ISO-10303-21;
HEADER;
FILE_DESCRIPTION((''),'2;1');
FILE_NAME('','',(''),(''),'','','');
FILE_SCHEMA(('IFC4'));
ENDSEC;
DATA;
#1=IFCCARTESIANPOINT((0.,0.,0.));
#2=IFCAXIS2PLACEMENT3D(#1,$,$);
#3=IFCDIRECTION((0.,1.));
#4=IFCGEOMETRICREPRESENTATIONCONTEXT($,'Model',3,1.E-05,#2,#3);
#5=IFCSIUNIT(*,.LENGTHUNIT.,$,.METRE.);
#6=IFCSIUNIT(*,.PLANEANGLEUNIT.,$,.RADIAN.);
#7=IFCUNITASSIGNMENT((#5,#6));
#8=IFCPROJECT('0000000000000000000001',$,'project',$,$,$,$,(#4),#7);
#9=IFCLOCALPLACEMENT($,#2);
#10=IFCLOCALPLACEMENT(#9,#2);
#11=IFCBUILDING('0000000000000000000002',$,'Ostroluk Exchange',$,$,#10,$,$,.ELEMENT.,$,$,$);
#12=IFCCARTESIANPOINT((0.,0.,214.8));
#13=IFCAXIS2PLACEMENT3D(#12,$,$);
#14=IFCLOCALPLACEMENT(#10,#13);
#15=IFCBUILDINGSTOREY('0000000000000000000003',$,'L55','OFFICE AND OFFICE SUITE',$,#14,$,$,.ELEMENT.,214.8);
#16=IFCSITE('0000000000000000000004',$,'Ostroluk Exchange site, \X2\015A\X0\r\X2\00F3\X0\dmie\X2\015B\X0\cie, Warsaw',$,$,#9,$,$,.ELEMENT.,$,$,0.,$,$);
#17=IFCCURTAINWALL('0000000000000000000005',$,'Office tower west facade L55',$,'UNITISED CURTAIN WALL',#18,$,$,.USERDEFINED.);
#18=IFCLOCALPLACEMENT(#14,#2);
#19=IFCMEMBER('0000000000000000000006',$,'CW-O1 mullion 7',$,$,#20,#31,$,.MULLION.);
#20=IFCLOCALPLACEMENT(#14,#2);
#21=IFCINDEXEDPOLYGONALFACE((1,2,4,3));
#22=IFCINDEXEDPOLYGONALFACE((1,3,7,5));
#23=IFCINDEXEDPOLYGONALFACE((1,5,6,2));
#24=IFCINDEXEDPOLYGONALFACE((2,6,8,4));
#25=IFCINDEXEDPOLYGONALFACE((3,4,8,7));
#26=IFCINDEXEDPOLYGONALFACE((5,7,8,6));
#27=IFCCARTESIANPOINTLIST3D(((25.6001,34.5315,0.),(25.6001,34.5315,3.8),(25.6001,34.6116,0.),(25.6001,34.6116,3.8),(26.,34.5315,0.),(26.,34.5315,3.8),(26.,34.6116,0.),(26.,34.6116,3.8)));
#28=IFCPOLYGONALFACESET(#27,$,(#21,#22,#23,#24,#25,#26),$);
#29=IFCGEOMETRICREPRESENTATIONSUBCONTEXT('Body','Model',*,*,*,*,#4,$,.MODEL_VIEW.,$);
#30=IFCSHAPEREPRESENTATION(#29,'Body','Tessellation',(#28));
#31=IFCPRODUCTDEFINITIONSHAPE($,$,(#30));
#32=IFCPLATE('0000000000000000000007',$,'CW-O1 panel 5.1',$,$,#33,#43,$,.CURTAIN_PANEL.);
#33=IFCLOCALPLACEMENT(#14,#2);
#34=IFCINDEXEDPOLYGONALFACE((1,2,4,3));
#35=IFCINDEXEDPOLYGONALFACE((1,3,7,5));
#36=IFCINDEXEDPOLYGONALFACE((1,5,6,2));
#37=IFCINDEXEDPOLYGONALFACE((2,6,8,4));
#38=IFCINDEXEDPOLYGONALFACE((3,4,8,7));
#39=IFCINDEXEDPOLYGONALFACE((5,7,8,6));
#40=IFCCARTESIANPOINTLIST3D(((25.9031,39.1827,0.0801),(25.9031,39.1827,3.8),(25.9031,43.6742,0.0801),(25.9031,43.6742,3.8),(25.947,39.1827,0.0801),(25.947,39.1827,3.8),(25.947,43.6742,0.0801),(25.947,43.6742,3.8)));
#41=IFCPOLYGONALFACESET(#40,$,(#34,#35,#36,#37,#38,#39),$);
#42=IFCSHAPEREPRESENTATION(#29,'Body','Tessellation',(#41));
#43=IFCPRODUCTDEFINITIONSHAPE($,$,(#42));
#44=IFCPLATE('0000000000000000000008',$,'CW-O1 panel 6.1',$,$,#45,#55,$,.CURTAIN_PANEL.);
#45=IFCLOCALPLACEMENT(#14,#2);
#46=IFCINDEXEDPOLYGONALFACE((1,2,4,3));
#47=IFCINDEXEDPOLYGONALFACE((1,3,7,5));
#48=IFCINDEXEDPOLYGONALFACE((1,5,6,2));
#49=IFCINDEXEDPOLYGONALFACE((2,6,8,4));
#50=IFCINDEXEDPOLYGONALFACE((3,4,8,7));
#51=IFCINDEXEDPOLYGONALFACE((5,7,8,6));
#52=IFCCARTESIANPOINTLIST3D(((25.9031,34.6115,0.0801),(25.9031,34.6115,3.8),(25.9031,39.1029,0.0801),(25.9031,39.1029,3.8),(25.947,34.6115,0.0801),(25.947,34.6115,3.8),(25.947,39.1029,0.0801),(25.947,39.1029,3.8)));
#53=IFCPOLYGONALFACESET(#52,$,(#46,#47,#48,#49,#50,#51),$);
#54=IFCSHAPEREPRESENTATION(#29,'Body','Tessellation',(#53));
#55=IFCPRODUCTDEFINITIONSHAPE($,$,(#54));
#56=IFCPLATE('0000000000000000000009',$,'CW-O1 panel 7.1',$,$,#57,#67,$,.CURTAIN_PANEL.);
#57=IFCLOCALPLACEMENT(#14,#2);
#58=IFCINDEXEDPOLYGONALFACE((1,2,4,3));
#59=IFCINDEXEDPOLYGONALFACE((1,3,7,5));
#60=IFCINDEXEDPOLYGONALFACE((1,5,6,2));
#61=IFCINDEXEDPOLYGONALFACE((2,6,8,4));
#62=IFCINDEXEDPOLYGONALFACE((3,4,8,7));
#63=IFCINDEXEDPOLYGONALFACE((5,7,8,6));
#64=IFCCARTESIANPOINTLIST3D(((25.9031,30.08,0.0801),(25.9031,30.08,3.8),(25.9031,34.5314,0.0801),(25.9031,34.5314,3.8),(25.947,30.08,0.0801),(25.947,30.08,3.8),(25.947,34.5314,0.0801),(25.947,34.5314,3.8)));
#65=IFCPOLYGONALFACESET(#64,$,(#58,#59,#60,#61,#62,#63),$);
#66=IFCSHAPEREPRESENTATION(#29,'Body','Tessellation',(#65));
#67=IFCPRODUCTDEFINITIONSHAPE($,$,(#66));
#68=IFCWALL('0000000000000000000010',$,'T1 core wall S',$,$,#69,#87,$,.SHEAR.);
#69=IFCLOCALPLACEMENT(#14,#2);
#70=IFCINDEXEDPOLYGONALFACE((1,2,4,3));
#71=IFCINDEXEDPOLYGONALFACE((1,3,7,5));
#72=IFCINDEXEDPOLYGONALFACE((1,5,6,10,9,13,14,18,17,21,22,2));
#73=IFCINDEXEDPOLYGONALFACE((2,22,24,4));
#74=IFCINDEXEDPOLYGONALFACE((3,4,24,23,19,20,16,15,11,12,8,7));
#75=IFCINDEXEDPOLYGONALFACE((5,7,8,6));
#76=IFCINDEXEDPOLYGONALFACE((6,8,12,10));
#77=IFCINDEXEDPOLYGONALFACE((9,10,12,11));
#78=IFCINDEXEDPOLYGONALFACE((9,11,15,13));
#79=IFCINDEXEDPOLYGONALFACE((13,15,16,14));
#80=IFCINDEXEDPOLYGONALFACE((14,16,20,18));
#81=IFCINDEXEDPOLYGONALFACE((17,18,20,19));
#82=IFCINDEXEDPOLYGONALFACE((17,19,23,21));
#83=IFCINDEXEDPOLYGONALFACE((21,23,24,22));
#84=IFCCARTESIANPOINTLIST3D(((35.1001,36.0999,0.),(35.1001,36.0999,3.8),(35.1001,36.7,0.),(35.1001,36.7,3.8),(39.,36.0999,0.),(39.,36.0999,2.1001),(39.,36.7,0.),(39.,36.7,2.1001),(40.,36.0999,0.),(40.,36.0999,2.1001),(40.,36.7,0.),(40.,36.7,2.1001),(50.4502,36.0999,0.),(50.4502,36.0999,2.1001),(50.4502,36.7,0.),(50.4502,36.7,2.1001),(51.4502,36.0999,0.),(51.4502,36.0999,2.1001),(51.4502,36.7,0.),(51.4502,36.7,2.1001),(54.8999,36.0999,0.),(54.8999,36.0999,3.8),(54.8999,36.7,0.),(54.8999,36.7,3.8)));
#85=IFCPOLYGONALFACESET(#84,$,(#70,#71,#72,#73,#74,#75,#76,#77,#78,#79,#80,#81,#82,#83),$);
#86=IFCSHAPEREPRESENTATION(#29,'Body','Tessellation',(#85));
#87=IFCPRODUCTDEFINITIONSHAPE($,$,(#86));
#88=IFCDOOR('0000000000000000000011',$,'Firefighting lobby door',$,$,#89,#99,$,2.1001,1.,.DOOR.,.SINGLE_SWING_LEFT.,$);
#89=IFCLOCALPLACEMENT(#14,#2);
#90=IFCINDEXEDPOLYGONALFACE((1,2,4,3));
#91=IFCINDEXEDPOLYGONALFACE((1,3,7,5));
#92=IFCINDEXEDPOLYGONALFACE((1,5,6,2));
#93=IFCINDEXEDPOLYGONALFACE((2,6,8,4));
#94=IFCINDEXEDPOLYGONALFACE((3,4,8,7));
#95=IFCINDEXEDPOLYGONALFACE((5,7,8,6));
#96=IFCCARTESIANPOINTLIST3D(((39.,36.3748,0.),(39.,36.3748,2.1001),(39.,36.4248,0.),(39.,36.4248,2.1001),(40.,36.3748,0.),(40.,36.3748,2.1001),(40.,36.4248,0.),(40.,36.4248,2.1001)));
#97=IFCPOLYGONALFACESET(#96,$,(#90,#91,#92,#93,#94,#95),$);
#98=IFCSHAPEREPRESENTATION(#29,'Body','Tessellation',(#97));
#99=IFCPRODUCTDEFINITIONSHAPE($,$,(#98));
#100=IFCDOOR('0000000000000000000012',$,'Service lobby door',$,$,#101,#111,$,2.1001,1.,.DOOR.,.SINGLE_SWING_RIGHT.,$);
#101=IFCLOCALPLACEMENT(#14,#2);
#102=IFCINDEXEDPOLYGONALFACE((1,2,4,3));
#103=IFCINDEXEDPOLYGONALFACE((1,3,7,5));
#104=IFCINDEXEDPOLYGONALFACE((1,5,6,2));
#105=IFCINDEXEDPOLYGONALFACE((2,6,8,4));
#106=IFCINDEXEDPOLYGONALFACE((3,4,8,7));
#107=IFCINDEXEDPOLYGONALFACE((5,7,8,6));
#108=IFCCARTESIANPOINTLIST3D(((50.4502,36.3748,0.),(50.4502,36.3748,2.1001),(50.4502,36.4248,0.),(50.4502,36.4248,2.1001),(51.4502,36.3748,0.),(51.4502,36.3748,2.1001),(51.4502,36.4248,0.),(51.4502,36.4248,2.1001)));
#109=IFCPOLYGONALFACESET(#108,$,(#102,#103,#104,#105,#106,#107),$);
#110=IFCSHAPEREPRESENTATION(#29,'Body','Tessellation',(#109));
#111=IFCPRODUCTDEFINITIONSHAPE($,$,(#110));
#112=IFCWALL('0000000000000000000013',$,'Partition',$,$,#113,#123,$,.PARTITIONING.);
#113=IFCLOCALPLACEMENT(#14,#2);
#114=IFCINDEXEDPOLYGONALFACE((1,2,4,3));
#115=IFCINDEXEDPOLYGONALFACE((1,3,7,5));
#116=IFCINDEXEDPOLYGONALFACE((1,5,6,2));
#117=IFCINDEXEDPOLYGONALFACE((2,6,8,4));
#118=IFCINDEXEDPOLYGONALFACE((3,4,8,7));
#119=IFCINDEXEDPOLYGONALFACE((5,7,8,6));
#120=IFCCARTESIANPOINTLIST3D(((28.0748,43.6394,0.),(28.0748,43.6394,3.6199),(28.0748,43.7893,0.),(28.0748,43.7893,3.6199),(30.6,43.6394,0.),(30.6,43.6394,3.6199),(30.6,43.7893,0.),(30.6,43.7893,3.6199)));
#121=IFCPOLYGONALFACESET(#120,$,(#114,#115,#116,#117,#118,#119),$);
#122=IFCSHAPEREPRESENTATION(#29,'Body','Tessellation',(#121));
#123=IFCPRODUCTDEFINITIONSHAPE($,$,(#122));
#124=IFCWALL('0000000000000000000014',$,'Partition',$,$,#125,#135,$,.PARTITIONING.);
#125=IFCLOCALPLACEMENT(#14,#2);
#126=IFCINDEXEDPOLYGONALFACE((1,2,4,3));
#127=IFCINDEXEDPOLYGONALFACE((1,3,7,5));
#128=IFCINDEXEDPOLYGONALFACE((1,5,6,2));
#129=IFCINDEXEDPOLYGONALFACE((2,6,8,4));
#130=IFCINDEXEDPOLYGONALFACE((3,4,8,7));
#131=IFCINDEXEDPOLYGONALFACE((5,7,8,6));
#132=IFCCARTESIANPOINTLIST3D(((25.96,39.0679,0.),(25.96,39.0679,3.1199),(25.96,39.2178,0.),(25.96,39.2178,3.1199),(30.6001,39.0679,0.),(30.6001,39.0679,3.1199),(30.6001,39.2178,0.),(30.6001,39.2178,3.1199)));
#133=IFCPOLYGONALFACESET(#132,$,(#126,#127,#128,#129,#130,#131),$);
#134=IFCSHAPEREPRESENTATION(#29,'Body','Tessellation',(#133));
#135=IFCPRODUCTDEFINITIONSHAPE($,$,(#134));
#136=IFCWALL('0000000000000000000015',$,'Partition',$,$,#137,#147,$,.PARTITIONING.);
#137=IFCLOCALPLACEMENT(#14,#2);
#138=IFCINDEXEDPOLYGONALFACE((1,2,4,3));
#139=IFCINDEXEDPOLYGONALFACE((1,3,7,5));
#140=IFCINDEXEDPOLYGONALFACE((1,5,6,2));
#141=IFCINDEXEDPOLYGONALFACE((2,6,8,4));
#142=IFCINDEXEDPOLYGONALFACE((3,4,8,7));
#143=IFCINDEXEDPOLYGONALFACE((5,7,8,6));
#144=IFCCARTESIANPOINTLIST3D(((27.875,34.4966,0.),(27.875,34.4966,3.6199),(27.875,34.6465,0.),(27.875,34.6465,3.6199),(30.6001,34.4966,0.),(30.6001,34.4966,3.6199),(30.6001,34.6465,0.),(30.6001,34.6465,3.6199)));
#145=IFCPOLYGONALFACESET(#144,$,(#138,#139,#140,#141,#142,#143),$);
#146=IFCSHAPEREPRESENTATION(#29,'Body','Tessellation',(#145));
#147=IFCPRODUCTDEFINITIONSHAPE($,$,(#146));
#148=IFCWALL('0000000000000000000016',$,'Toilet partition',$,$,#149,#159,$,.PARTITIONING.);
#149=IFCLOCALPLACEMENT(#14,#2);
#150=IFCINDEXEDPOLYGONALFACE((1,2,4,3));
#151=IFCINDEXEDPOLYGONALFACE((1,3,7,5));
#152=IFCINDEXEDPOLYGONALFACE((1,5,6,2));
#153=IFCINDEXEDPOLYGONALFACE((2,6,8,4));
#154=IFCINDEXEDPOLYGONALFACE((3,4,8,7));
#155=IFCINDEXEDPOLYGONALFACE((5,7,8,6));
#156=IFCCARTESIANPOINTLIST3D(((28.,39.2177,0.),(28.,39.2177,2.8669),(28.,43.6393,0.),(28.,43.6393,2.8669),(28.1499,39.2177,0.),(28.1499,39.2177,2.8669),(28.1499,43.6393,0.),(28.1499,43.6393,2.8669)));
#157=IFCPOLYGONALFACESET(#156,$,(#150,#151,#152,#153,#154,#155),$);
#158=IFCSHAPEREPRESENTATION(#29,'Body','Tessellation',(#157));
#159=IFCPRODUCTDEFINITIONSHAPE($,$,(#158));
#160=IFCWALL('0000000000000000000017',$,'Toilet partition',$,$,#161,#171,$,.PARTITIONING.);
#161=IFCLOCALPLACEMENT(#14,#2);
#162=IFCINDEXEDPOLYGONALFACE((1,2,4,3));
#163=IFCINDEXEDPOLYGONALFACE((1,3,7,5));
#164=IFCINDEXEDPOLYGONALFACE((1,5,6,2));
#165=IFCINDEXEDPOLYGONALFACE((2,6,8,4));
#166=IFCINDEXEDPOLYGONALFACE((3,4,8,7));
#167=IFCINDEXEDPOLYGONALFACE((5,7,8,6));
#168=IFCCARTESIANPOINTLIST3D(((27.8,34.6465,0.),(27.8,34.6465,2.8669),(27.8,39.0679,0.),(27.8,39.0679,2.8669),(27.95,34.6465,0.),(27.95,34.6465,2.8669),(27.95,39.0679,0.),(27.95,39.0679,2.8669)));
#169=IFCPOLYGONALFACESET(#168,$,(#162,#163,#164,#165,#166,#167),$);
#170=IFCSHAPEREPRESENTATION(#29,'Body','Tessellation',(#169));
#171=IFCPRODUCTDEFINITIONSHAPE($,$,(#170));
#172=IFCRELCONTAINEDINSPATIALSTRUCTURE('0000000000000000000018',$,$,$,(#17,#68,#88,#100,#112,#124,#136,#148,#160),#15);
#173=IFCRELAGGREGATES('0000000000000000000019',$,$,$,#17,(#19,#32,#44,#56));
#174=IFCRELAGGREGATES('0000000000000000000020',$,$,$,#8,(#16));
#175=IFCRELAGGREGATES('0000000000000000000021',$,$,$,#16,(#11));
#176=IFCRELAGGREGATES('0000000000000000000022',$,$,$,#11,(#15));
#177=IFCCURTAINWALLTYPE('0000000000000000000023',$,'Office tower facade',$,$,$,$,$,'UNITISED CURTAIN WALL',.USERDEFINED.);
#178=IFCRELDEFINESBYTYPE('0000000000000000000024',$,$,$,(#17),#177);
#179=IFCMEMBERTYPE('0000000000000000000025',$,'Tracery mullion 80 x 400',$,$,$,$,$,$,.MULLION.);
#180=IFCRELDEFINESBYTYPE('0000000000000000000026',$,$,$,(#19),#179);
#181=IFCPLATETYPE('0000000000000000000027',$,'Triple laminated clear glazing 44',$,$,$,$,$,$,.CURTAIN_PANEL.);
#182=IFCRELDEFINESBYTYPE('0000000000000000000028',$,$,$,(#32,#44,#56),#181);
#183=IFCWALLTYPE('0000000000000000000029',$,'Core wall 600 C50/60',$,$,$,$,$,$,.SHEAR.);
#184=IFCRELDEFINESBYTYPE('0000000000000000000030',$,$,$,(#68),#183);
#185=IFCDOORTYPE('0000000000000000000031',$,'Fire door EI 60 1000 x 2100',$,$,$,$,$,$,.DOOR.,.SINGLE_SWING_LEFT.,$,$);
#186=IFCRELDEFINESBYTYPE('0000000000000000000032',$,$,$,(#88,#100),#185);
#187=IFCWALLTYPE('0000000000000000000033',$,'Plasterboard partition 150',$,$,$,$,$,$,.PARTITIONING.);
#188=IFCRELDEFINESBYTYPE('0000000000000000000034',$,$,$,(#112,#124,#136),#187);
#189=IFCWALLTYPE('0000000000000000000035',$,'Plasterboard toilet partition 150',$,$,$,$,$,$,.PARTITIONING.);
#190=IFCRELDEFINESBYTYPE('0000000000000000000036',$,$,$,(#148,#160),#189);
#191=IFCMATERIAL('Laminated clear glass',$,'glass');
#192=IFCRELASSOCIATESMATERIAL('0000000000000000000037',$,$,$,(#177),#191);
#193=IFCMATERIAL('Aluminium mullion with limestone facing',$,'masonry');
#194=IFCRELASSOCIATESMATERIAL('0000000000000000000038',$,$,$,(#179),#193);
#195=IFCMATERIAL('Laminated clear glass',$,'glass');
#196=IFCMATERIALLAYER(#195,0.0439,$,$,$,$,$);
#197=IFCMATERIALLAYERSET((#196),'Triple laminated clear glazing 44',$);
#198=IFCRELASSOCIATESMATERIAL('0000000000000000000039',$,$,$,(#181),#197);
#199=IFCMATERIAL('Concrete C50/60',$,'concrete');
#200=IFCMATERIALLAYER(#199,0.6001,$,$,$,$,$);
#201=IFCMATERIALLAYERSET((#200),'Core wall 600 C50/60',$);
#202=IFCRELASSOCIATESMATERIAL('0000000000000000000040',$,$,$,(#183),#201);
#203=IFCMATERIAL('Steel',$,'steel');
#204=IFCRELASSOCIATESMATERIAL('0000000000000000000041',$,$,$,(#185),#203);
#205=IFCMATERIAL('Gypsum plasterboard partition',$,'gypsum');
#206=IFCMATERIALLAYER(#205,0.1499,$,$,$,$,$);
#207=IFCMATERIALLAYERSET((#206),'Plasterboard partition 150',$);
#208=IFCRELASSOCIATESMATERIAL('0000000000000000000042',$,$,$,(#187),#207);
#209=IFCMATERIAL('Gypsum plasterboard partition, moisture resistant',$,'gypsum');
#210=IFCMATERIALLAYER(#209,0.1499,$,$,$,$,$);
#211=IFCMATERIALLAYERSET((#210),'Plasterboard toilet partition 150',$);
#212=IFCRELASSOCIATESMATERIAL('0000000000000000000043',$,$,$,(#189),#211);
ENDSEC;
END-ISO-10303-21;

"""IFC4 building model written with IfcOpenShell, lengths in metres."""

from ifc_helpers import new_model, si_unit, direction, frame, frame_2d, origin, origin_2d, place, context, subcontext, project, spatial, rectangle, extrude, material, layer, layer_set, material_profile, profile_set, type_object, element, fill, aggregate, save


model = new_model("IFC4")

# Units and contexts
model_context = context("Model", 3, precision=1e-05, world=origin(), true_north=direction((0.0, 1.0)))
body_context = subcontext(model_context, "Body", "Model", "MODEL_VIEW")
ifc_project = project(units=[si_unit("LENGTHUNIT", "METRE"), si_unit("PLANEANGLEUNIT", "RADIAN")], contexts=[model_context])

# Site, building, storey
site_placement = place(None, origin())
site = spatial("IfcSite", under=ifc_project, at=site_placement, Name="Ostroluk Exchange site, Śródmieście, Warsaw", CompositionType="ELEMENT", RefElevation=0.0)
building_placement = place(site_placement, origin())
building = spatial("IfcBuilding", under=site, at=building_placement, Name="Ostroluk Exchange", CompositionType="ELEMENT")
storey_placement = place(building_placement, frame((0.0, 0.0, 214.8)))
storey = spatial("IfcBuildingStorey", under=building, at=storey_placement, Name="L55", Description="OFFICE AND OFFICE SUITE", CompositionType="ELEMENT", Elevation=214.8)

# Curtain wall, member, plates
ifc_material_1 = material(Name="Laminated clear glass", Category="glass")
curtain_wall_type = type_object("IfcCurtainWallType", Name="Office tower facade", ElementType="UNITISED CURTAIN WALL", PredefinedType="USERDEFINED", material=ifc_material_1)
curtain_wall_placement = place(storey_placement, origin())
curtain_wall = element("IfcCurtainWall", 1, at=curtain_wall_placement, inside=storey, type_object=curtain_wall_type, Name="Office tower west facade L55", ObjectType="UNITISED CURTAIN WALL", PredefinedType="USERDEFINED")
ifc_material_2 = material(Name="Aluminium mullion with limestone facing", Category="masonry")
ifc_material_profile_1 = material_profile(ifc_material_2, rectangle(XDim=0.3999, YDim=0.0801, at=origin_2d()), Name="Tracery mullion 80 x 400")
ifc_profile_set_1 = profile_set([ifc_material_profile_1], Name="Aluminium mullion with limestone facing")
member_type_1 = type_object("IfcMemberType", Name="Tracery mullion 80 x 400", PredefinedType="MULLION", material=ifc_profile_set_1)
member_1_placement = place(storey_placement, frame((25.8, 34.5715, 0.0), z_axis=(0.0, 0.0, 1.0), x_axis=(1.0, 0.0, 0.0)))
member_1 = element("IfcMember", 2, at=member_1_placement, type_object=member_type_1, Name="CW-O1 mullion 7", PredefinedType="MULLION", context=body_context, shape_type="SweptSolid", body=[
    extrude(rectangle(XDim=0.3999, YDim=0.0801, at=origin_2d()), origin(), (0.0, 0.0, 1.0), 3.8),
])
ifc_material_3 = material(Name="Laminated clear glass", Category="glass")
ifc_layer_1 = layer(ifc_material_3, 0.0439)
ifc_layer_set_1 = layer_set([ifc_layer_1], Name="Triple laminated clear glazing 44")
plate_type = type_object("IfcPlateType", Name="Triple laminated clear glazing 44", PredefinedType="CURTAIN_PANEL", material=ifc_layer_set_1)
plate_1_placement = place(storey_placement, frame((25.925, 41.4285, 0.0801), z_axis=(0.0, 0.0, 1.0), x_axis=(0.0, -1.0, 0.0)))
plate_1 = element("IfcPlate", 3, at=plate_1_placement, type_object=plate_type, Name="CW-O1 panel 5.1", PredefinedType="CURTAIN_PANEL", context=body_context, shape_type="SweptSolid", body=[
    extrude(rectangle(XDim=4.4915, YDim=0.0439, at=origin_2d()), origin(), (0.0, 0.0, 1.0), 3.72),
])
plate_2_placement = place(storey_placement, frame((25.925, 36.8572, 0.0801), z_axis=(0.0, 0.0, 1.0), x_axis=(0.0, -1.0, 0.0)))
plate_2 = element("IfcPlate", 4, at=plate_2_placement, type_object=plate_type, Name="CW-O1 panel 6.1", PredefinedType="CURTAIN_PANEL", context=body_context, shape_type="SweptSolid", body=[
    extrude(rectangle(XDim=4.4915, YDim=0.0439, at=origin_2d()), origin(), (0.0, 0.0, 1.0), 3.72),
])
plate_3_placement = place(storey_placement, frame((25.925, 32.3057, 0.0801), z_axis=(0.0, 0.0, 1.0), x_axis=(0.0, -1.0, 0.0)))
plate_3 = element("IfcPlate", 5, at=plate_3_placement, type_object=plate_type, Name="CW-O1 panel 7.1", PredefinedType="CURTAIN_PANEL", context=body_context, shape_type="SweptSolid", body=[
    extrude(rectangle(XDim=4.4514, YDim=0.0439, at=origin_2d()), origin(), (0.0, 0.0, 1.0), 3.72),
])
aggregate(curtain_wall, [member_1, plate_1, plate_2, plate_3])

# Wall, openings, doors
ifc_material_4 = material(Name="Concrete C50/60", Category="concrete")
ifc_layer_2 = layer(ifc_material_4, 0.6001)
ifc_layer_set_2 = layer_set([ifc_layer_2], Name="Core wall 600 C50/60")
wall_type_1 = type_object("IfcWallType", Name="Core wall 600 C50/60", PredefinedType="SHEAR", material=ifc_layer_set_2)
wall_1_placement = place(storey_placement, frame((35.1001, 36.3999, 0.0), z_axis=(0.0, 0.0, 1.0), x_axis=(1.0, 0.0, 0.0)))
wall_1 = element("IfcWall", 6, at=wall_1_placement, inside=storey, type_object=wall_type_1, Name="T1 core wall S", PredefinedType="SHEAR", context=body_context, shape_type="SweptSolid", body=[
    extrude(rectangle(XDim=19.7998, YDim=0.6001, at=frame_2d((9.8999, 0.0))), origin(), (0.0, 0.0, 1.0), 3.8),
])
opening_1_placement = place(wall_1_placement, frame((3.8999, 0.0, 0.0)))
opening_1 = element("IfcOpeningElement", 7, at=opening_1_placement, cuts=wall_1, PredefinedType="OPENING", context=body_context, shape_type="SweptSolid", body=[
    extrude(rectangle(XDim=1.0, YDim=2.1001, at=frame_2d((0.5, 1.05))), frame((0.0, 0.3101, 0.0), z_axis=(0.0, -1.0, 0.0), x_axis=(1.0, 0.0, 0.0)), (0.0, 0.0, 1.0), 0.6201),
])
opening_2_placement = place(wall_1_placement, frame((15.3501, 0.0, 0.0)))
opening_2 = element("IfcOpeningElement", 8, at=opening_2_placement, cuts=wall_1, PredefinedType="OPENING", context=body_context, shape_type="SweptSolid", body=[
    extrude(rectangle(XDim=1.0, YDim=2.1001, at=frame_2d((0.5, 1.05))), frame((0.0, 0.3101, 0.0), z_axis=(0.0, -1.0, 0.0), x_axis=(1.0, 0.0, 0.0)), (0.0, 0.0, 1.0), 0.6201),
])
ifc_material_5 = material(Name="Steel", Category="steel")
door_type = type_object("IfcDoorType", Name="Fire door EI 60 1000 x 2100", OperationType="SINGLE_SWING_LEFT", PredefinedType="DOOR", material=ifc_material_5)
door_1_placement = place(opening_1_placement, origin())
door_1 = element("IfcDoor", 9, at=door_1_placement, inside=storey, type_object=door_type, Name="Firefighting lobby door", OperationType="SINGLE_SWING_LEFT", OverallHeight=2.1001, OverallWidth=1.0, PredefinedType="DOOR", context=body_context, shape_type="SweptSolid", body=[
    extrude(rectangle(XDim=1.0, YDim=2.1001, at=frame_2d((0.5, 1.05))), frame((0.0, 0.0249, 0.0), z_axis=(0.0, -1.0, 0.0), x_axis=(1.0, 0.0, 0.0)), (0.0, 0.0, 1.0), 0.05),
])
fill(opening_1, door_1)
door_2_placement = place(opening_2_placement, origin())
door_2 = element("IfcDoor", 10, at=door_2_placement, inside=storey, type_object=door_type, Name="Service lobby door", OperationType="SINGLE_SWING_RIGHT", OverallHeight=2.1001, OverallWidth=1.0, PredefinedType="DOOR", context=body_context, shape_type="SweptSolid", body=[
    extrude(rectangle(XDim=1.0, YDim=2.1001, at=frame_2d((0.5, 1.05))), frame((0.0, 0.0249, 0.0), z_axis=(0.0, -1.0, 0.0), x_axis=(1.0, 0.0, 0.0)), (0.0, 0.0, 1.0), 0.05),
])
fill(opening_2, door_2)

# Walls
ifc_material_6 = material(Name="Gypsum plasterboard partition", Category="gypsum")
ifc_layer_3 = layer(ifc_material_6, 0.1499)
ifc_layer_set_3 = layer_set([ifc_layer_3], Name="Plasterboard partition 150")
wall_type_2 = type_object("IfcWallType", Name="Plasterboard partition 150", PredefinedType="PARTITIONING", material=ifc_layer_set_3)
wall_2_placement = place(storey_placement, frame((30.6001, 43.7144, 0.0), z_axis=(0.0, 0.0, 1.0), x_axis=(-1.0, 0.0, 0.0)))
element("IfcWall", 11, at=wall_2_placement, inside=storey, type_object=wall_type_2, Name="Partition", PredefinedType="PARTITIONING", context=body_context, shape_type="SweptSolid", body=[
    extrude(rectangle(XDim=2.5251, YDim=0.1499, at=frame_2d((1.2627, 0.0))), origin(), (0.0, 0.0, 1.0), 3.6199),
])
wall_3_placement = place(storey_placement, frame((30.6001, 39.1428, 0.0), z_axis=(0.0, 0.0, 1.0), x_axis=(-1.0, 0.0, 0.0)))
element("IfcWall", 12, at=wall_3_placement, inside=storey, type_object=wall_type_2, Name="Partition", PredefinedType="PARTITIONING", context=body_context, shape_type="SweptSolid", body=[
    extrude(rectangle(XDim=4.6401, YDim=0.1499, at=frame_2d((2.3201, 0.0))), origin(), (0.0, 0.0, 1.0), 3.1199),
])
wall_4_placement = place(storey_placement, frame((30.6001, 34.5715, 0.0), z_axis=(0.0, 0.0, 1.0), x_axis=(-1.0, 0.0, 0.0)))
element("IfcWall", 13, at=wall_4_placement, inside=storey, type_object=wall_type_2, Name="Partition", PredefinedType="PARTITIONING", context=body_context, shape_type="SweptSolid", body=[
    extrude(rectangle(XDim=2.7251, YDim=0.1499, at=frame_2d((1.3625, 0.0))), origin(), (0.0, 0.0, 1.0), 3.6199),
])
ifc_material_7 = material(Name="Gypsum plasterboard partition, moisture resistant", Category="gypsum")
ifc_layer_4 = layer(ifc_material_7, 0.1499)
ifc_layer_set_4 = layer_set([ifc_layer_4], Name="Plasterboard toilet partition 150")
wall_type_3 = type_object("IfcWallType", Name="Plasterboard toilet partition 150", PredefinedType="PARTITIONING", material=ifc_layer_set_4)
wall_5_placement = place(storey_placement, frame((28.075, 43.6394, 0.0), z_axis=(0.0, 0.0, 1.0), x_axis=(0.0, -1.0, 0.0)))
element("IfcWall", 14, at=wall_5_placement, inside=storey, type_object=wall_type_3, Name="Toilet partition", PredefinedType="PARTITIONING", context=body_context, shape_type="SweptSolid", body=[
    extrude(rectangle(XDim=4.4216, YDim=0.1499, at=frame_2d((2.2109, 0.0))), origin(), (0.0, 0.0, 1.0), 2.8669),
])
wall_6_placement = place(storey_placement, frame((27.875, 39.0679, 0.0), z_axis=(0.0, 0.0, 1.0), x_axis=(0.0, -1.0, 0.0)))
element("IfcWall", 15, at=wall_6_placement, inside=storey, type_object=wall_type_3, Name="Toilet partition", PredefinedType="PARTITIONING", context=body_context, shape_type="SweptSolid", body=[
    extrude(rectangle(XDim=4.4214, YDim=0.1499, at=frame_2d((2.2107, 0.0))), origin(), (0.0, 0.0, 1.0), 2.8669),
])

save(model, "model.ifc")
